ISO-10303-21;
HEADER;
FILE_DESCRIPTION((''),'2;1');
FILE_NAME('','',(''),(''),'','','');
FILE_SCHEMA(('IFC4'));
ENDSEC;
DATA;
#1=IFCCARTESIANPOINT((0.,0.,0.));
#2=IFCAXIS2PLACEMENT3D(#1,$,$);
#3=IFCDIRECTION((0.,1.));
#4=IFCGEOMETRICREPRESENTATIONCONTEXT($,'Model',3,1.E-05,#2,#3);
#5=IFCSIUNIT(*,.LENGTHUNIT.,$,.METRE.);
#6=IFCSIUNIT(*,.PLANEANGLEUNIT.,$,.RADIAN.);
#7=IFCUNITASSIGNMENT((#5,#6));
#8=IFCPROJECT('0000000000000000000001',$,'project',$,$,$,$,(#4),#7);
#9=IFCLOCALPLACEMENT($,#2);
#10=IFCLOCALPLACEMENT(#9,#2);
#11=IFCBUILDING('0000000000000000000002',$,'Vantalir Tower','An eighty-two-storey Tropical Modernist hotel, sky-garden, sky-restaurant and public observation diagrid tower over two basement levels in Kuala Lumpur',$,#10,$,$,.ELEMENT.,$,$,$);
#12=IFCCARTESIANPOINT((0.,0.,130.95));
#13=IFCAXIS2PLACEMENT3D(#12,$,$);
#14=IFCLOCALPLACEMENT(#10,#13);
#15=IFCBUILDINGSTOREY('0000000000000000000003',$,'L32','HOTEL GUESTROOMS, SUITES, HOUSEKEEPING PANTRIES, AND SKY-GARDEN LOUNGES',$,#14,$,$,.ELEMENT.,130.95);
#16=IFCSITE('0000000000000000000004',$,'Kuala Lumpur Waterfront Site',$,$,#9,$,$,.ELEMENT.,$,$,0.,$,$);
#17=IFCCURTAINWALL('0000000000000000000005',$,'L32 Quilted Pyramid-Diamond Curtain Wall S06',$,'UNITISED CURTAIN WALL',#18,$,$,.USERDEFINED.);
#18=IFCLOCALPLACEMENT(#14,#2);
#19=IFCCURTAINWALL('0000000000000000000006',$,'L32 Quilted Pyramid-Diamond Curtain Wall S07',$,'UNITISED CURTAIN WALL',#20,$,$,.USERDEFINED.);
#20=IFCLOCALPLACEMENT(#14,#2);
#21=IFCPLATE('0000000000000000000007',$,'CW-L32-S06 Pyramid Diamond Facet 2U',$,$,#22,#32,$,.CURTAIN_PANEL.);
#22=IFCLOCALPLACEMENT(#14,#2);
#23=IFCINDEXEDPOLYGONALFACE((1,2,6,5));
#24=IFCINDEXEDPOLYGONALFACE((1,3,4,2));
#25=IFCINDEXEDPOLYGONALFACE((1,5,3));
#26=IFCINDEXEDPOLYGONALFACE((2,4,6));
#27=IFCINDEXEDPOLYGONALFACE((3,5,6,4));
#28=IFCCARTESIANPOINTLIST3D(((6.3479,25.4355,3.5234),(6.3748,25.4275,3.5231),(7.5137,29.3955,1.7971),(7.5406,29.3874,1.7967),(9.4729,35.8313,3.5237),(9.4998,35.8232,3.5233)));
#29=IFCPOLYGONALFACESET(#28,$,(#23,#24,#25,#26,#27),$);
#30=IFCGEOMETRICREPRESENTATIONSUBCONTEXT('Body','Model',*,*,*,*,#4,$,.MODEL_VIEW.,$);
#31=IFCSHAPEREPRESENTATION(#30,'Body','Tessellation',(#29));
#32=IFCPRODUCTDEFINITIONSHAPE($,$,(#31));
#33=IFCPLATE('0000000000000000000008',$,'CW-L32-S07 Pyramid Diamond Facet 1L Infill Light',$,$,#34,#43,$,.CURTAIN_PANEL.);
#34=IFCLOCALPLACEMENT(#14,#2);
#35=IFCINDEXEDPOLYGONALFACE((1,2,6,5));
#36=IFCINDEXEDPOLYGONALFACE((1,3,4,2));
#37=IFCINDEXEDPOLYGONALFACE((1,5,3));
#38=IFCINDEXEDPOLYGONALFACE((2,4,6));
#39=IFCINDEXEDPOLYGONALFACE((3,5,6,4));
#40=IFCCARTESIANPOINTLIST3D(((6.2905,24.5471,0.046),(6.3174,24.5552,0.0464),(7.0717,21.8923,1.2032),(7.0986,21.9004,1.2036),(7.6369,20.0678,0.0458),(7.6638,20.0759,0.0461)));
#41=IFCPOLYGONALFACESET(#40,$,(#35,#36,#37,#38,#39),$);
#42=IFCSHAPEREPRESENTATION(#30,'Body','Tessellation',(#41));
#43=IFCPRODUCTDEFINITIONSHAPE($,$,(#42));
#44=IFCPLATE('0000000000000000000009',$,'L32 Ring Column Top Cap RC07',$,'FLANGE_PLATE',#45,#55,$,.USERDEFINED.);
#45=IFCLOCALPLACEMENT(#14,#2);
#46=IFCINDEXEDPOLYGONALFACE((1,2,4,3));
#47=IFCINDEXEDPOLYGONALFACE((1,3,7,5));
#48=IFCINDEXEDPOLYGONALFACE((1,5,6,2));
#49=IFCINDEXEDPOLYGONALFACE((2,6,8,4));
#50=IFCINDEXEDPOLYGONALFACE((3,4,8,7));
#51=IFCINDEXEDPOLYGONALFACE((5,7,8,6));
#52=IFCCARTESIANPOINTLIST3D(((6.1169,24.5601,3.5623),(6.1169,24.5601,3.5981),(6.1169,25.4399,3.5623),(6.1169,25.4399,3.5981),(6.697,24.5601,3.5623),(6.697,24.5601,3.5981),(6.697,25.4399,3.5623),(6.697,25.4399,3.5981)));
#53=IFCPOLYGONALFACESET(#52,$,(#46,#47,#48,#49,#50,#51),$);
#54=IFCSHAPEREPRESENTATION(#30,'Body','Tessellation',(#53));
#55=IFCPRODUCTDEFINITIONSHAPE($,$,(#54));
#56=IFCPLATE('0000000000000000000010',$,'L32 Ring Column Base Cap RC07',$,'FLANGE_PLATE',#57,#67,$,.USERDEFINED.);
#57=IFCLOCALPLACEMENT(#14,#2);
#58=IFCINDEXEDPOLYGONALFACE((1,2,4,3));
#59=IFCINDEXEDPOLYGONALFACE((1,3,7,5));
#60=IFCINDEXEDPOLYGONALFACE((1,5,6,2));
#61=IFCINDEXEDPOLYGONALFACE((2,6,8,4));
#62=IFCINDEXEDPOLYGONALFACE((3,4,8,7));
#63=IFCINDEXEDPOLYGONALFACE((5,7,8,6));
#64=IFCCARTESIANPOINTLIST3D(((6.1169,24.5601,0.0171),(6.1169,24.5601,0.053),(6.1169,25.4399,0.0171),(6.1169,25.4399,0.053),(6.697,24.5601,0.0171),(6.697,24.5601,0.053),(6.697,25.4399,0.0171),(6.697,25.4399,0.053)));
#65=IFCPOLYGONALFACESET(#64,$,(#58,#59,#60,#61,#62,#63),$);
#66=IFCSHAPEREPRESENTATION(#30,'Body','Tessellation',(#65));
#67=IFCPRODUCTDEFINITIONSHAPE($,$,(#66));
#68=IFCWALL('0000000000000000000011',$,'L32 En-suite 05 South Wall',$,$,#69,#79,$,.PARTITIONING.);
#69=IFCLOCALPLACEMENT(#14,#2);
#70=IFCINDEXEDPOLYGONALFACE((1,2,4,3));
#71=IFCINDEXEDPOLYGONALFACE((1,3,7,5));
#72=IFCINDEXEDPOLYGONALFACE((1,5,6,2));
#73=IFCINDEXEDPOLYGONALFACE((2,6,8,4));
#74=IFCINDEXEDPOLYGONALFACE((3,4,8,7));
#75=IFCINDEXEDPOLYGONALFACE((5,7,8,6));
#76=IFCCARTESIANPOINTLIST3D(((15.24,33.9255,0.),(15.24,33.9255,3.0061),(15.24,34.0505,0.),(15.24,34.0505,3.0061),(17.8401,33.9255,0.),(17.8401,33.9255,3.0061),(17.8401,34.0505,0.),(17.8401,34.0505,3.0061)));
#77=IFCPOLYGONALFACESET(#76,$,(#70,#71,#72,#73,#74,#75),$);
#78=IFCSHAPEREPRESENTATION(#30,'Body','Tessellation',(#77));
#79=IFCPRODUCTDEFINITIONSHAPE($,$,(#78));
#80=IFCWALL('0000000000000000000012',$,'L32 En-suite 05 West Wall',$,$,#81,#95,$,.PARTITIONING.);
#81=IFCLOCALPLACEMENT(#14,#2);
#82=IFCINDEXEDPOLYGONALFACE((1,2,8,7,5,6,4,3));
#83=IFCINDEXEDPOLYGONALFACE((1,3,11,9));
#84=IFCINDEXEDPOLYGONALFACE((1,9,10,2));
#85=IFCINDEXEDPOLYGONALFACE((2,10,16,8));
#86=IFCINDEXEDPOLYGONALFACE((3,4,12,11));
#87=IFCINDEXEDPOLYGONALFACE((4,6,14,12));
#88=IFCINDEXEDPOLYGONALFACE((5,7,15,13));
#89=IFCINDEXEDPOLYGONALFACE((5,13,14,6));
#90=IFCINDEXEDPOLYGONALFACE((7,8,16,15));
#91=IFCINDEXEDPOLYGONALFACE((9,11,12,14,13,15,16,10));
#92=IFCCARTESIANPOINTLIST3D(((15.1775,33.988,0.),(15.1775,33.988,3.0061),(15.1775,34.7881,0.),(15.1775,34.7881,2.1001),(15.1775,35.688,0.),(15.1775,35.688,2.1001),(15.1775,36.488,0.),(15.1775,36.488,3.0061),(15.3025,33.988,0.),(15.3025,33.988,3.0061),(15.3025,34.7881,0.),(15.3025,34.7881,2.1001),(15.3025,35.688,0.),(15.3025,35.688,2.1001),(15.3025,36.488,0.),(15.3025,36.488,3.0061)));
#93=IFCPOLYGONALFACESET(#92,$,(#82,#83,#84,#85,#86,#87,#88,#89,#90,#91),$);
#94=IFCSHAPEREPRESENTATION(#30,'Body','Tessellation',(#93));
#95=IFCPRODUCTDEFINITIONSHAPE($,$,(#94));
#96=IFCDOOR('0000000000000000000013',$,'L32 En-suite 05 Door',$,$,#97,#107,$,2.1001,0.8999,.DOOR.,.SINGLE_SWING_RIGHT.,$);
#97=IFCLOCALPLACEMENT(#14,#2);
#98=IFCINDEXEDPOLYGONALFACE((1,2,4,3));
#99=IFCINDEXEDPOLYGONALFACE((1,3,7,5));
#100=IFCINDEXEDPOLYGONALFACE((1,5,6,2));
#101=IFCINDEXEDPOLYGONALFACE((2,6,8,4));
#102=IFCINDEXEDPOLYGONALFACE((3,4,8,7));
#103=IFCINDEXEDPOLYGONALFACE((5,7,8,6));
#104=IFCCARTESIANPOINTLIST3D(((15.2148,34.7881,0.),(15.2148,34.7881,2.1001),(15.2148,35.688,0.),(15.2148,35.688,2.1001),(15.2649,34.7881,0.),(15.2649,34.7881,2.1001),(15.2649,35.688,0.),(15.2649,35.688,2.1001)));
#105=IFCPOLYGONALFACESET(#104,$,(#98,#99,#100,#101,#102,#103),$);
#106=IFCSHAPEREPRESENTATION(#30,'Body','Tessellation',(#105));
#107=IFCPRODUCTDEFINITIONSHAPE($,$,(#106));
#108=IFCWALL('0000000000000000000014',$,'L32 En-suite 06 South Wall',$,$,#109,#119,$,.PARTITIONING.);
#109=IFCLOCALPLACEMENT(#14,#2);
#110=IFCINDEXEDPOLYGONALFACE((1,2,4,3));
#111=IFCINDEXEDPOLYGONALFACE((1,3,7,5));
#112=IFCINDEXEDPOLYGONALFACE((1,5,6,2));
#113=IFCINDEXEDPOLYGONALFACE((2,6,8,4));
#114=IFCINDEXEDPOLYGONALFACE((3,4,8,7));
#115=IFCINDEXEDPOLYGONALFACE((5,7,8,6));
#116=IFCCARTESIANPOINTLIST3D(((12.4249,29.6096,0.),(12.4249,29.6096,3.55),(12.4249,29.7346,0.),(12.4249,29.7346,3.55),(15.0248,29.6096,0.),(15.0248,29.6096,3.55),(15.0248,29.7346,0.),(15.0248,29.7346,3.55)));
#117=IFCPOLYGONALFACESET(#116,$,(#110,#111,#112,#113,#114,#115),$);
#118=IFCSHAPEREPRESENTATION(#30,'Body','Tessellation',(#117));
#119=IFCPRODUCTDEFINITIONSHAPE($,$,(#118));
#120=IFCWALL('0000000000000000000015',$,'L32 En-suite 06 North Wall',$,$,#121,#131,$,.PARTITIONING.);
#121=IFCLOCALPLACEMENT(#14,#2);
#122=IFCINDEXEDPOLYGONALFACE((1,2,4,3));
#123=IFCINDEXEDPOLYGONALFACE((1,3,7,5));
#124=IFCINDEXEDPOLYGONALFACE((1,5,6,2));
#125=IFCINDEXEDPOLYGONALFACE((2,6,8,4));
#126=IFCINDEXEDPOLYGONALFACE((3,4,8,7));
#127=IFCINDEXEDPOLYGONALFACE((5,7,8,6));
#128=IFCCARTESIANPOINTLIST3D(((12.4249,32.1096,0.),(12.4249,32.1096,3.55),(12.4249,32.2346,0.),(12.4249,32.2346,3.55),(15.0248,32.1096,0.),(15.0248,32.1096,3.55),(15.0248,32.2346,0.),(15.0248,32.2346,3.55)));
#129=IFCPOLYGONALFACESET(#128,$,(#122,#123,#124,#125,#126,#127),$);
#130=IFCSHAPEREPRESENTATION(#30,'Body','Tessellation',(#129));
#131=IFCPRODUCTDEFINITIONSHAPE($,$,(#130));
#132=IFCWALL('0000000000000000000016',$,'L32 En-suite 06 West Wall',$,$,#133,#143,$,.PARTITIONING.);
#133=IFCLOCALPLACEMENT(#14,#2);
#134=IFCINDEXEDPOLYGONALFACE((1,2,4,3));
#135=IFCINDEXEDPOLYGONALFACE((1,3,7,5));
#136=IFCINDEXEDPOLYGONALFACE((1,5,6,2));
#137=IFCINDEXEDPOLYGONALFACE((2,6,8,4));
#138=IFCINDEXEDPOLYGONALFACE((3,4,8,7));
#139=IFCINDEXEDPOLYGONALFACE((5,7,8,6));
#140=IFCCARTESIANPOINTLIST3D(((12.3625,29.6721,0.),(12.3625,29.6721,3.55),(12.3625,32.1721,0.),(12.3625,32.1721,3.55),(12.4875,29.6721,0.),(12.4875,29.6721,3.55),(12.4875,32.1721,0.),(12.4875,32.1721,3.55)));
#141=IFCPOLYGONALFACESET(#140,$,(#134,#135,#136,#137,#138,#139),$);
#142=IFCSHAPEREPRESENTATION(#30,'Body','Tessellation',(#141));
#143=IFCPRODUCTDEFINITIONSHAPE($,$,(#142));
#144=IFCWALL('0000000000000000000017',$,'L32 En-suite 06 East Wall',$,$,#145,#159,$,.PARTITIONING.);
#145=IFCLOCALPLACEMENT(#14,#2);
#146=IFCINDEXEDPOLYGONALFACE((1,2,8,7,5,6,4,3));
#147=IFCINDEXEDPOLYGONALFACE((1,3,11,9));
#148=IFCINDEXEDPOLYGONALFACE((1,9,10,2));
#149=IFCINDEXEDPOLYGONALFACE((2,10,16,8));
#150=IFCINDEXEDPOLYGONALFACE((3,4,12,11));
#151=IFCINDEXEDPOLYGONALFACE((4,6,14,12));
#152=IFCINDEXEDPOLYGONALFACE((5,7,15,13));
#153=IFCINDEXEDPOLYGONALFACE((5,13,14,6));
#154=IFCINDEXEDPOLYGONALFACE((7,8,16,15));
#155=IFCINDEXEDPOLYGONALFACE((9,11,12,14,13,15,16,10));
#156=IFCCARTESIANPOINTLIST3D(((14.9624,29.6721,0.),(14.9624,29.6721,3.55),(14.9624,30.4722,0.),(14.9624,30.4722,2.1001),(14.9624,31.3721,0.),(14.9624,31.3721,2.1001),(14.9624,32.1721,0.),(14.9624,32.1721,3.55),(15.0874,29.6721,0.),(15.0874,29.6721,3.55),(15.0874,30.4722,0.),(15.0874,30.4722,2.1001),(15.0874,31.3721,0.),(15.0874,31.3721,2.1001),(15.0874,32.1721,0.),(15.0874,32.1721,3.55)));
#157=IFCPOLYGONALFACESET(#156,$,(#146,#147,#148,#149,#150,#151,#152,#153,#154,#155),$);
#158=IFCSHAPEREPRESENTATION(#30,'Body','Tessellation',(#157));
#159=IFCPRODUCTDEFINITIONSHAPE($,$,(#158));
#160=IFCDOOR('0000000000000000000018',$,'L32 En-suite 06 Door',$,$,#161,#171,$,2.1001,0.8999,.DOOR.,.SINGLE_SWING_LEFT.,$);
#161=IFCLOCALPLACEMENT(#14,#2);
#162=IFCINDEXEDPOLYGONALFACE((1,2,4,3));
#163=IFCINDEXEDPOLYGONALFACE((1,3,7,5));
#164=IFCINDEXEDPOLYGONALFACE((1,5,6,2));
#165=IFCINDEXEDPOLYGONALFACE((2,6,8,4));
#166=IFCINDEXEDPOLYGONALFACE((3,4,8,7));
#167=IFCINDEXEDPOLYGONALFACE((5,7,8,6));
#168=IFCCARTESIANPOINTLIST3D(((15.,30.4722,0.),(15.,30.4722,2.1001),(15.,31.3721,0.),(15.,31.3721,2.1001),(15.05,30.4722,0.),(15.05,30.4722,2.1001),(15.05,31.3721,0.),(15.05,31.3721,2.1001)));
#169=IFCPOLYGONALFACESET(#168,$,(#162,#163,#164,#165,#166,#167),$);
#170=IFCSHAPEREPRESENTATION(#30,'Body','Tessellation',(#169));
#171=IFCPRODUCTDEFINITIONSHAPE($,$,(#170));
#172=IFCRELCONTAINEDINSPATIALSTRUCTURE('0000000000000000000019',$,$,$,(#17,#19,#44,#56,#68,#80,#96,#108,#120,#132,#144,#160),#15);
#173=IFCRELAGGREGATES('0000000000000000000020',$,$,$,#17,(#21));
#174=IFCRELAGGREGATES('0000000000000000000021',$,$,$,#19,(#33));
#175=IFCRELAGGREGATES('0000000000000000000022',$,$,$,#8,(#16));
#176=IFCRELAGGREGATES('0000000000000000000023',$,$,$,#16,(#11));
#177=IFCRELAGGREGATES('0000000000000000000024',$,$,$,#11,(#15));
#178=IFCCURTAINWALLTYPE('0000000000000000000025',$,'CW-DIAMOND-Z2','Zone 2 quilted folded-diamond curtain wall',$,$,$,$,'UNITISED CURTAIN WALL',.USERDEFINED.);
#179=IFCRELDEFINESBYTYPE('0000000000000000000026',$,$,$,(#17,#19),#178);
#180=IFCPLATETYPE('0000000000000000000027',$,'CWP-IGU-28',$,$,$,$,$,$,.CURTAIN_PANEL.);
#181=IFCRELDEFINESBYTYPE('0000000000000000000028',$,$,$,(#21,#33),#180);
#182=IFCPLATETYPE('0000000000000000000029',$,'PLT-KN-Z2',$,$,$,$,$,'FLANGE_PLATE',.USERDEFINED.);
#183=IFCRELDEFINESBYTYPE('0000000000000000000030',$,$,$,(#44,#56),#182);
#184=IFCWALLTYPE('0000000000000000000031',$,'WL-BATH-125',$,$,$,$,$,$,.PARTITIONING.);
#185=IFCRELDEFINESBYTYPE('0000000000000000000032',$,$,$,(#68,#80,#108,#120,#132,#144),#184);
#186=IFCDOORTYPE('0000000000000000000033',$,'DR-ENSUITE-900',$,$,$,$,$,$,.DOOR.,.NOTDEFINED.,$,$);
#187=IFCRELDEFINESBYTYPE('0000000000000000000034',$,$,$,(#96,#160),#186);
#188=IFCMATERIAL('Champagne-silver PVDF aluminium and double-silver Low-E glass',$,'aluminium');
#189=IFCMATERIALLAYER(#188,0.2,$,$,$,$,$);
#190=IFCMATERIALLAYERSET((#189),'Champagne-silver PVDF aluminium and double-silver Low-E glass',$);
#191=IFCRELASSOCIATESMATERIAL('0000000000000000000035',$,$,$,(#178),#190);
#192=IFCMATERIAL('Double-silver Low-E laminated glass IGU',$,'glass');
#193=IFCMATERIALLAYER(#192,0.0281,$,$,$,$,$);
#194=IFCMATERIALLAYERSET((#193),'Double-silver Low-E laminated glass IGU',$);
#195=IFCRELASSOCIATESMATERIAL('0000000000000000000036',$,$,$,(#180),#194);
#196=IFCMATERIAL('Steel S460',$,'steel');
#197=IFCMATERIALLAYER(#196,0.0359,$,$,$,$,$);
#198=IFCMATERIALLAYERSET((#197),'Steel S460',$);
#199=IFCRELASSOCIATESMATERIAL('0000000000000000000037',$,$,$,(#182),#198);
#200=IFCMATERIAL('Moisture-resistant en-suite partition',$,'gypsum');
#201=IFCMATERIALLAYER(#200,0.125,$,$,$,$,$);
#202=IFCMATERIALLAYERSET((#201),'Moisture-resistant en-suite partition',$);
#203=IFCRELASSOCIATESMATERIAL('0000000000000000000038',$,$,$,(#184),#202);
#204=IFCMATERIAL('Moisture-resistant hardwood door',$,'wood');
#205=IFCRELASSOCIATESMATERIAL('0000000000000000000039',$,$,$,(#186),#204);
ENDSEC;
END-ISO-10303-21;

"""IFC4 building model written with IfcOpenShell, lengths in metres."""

from ifc_helpers import new_model, si_unit, direction, frame, frame_2d, origin, place, context, subcontext, project, spatial, polyline, rectangle, outline, extrude, material, layer, layer_set, type_object, element, fill, aggregate, save


model = new_model("IFC4")

# Units and contexts
model_context = context("Model", 3, precision=1e-05, world=origin(), true_north=direction((0.0, 1.0)))
body_context = subcontext(model_context, "Body", "Model", "MODEL_VIEW")
ifc_project = project(units=[si_unit("LENGTHUNIT", "METRE"), si_unit("PLANEANGLEUNIT", "RADIAN")], contexts=[model_context])

# Site, building, storey
site_placement = place(None, origin())
site = spatial("IfcSite", under=ifc_project, at=site_placement, Name="Kuala Lumpur Waterfront Site", CompositionType="ELEMENT", RefElevation=0.0)
building_placement = place(site_placement, origin())
building = spatial("IfcBuilding", under=site, at=building_placement, Name="Vantalir Tower", Description="An eighty-two-storey Tropical Modernist hotel, sky-garden, sky-restaurant and public observation diagrid tower over two basement levels in Kuala Lumpur", CompositionType="ELEMENT")
storey_placement = place(building_placement, frame((0.0, 0.0, 130.95)))
storey = spatial("IfcBuildingStorey", under=building, at=storey_placement, Name="L32", Description="HOTEL GUESTROOMS, SUITES, HOUSEKEEPING PANTRIES, AND SKY-GARDEN LOUNGES", CompositionType="ELEMENT", Elevation=130.95)

# Shared definitions
ifc_material_1 = material(Name="Steel S460", Category="steel")

# Curtain wall
ifc_material_2 = material(Name="Champagne-silver PVDF aluminium and double-silver Low-E glass", Category="aluminium")
ifc_layer_1 = layer(ifc_material_2, 0.2)
ifc_layer_set_1 = layer_set([ifc_layer_1], Name="Champagne-silver PVDF aluminium and double-silver Low-E glass")
curtain_wall_type = type_object("IfcCurtainWallType", Name="CW-DIAMOND-Z2", Description="Zone 2 quilted folded-diamond curtain wall", ElementType="UNITISED CURTAIN WALL", PredefinedType="USERDEFINED", material=ifc_layer_set_1)
curtain_wall_1_placement = place(storey_placement, origin())
curtain_wall_1 = element("IfcCurtainWall", 1, at=curtain_wall_1_placement, inside=storey, type_object=curtain_wall_type, Name="L32 Quilted Pyramid-Diamond Curtain Wall S06", ObjectType="UNITISED CURTAIN WALL", PredefinedType="USERDEFINED")

# Curtain wall
curtain_wall_2_placement = place(storey_placement, origin())
curtain_wall_2 = element("IfcCurtainWall", 2, at=curtain_wall_2_placement, inside=storey, type_object=curtain_wall_type, Name="L32 Quilted Pyramid-Diamond Curtain Wall S07", ObjectType="UNITISED CURTAIN WALL", PredefinedType="USERDEFINED")

# Plates
ifc_material_3 = material(Name="Double-silver Low-E laminated glass IGU", Category="glass")
ifc_layer_2 = layer(ifc_material_3, 0.0281)
ifc_layer_set_2 = layer_set([ifc_layer_2], Name="Double-silver Low-E laminated glass IGU")
plate_type_1 = type_object("IfcPlateType", Name="CWP-IGU-28", PredefinedType="CURTAIN_PANEL", material=ifc_layer_set_2)
plate_1_placement = place(storey_placement, frame((6.3479, 25.4355, 3.5234), z_axis=(-0.957578, 0.287851, 0.013649), x_axis=(0.287878, 0.957667, 0.000022)))
plate_1 = element("IfcPlate", 3, at=plate_1_placement, type_object=plate_type_1, Name="CW-L32-S06 Pyramid Diamond Facet 2U", PredefinedType="CURTAIN_PANEL", context=body_context, shape_type="SweptSolid", body=[
    extrude(outline(polyline([(0.0, 0.0), (10.8553, 0.0), (4.1279, 1.7266), (0.0, 0.0)])), origin(), (0.0, 0.0, -1.0), 0.0281),
])
aggregate(curtain_wall_1, [plate_1])
plate_2_placement = place(storey_placement, frame((6.3174, 24.5552, 0.0464), z_axis=(0.957578, 0.287841, 0.013869), x_axis=(0.28787, -0.95767, -0.000052)))
plate_2 = element("IfcPlate", 4, at=plate_2_placement, type_object=plate_type_1, Name="CW-L32-S07 Pyramid Diamond Facet 1L Infill Light", PredefinedType="CURTAIN_PANEL", context=body_context, shape_type="SweptSolid", body=[
    extrude(outline(polyline([(0.0, 0.0), (4.6772, 0.0), (2.7672, -1.1575), (0.0, 0.0)])), origin(), (0.0, 0.0, -1.0), 0.0281),
])
aggregate(curtain_wall_2, [plate_2])

# Plates
ifc_layer_3 = layer(ifc_material_1, 0.0359)
ifc_layer_set_3 = layer_set([ifc_layer_3], Name="Steel S460")
plate_type_2 = type_object("IfcPlateType", Name="PLT-KN-Z2", ElementType="FLANGE_PLATE", PredefinedType="USERDEFINED", material=ifc_layer_set_3)
for number, where, z_axis, x_axis, name in (
    (5, (6.1169, 25.4399, 3.5981), (0.0, 0.0, 1.0), (0.0, -1.0, 0.0), "L32 Ring Column Top Cap RC07"),
    (6, (6.1169, 25.4399, 0.053), (0.0, 0.0, 1.0), (0.0, -1.0, 0.0), "L32 Ring Column Base Cap RC07"),
):
    element("IfcPlate", number, at=place(storey_placement, frame(where, z_axis=z_axis, x_axis=x_axis)), inside=storey, type_object=plate_type_2, Name=name, ObjectType="FLANGE_PLATE", PredefinedType="USERDEFINED", context=body_context, shape_type="SweptSolid", body=[
        extrude(outline(polyline([(0.0, 0.0), (0.8799, 0.0), (0.8799, 0.5801), (0.0, 0.5801), (0.0, 0.0)])), origin(), (0.0, 0.0, -1.0), 0.0359),
    ])

# Wall
ifc_material_4 = material(Name="Moisture-resistant en-suite partition", Category="gypsum")
ifc_layer_4 = layer(ifc_material_4, 0.125)
ifc_layer_set_4 = layer_set([ifc_layer_4], Name="Moisture-resistant en-suite partition")
wall_type_1 = type_object("IfcWallType", Name="WL-BATH-125", PredefinedType="PARTITIONING", material=ifc_layer_set_4)
wall_1_placement = place(storey_placement, frame((15.24, 33.988, 0.0), z_axis=(0.0, 0.0, 1.0), x_axis=(1.0, 0.0, 0.0)))
element("IfcWall", 7, at=wall_1_placement, inside=storey, type_object=wall_type_1, Name="L32 En-suite 05 South Wall", PredefinedType="PARTITIONING", context=body_context, shape_type="SweptSolid", body=[
    extrude(rectangle(XDim=2.6001, YDim=0.125, at=frame_2d((1.3, 0.0))), origin(), (0.0, 0.0, 1.0), 3.0061),
])

# Wall, opening, door
wall_2_placement = place(storey_placement, frame((15.24, 33.988, 0.0), z_axis=(0.0, 0.0, 1.0), x_axis=(0.0, 1.0, 0.0)))
wall_2 = element("IfcWall", 8, at=wall_2_placement, inside=storey, type_object=wall_type_1, Name="L32 En-suite 05 West Wall", PredefinedType="PARTITIONING", context=body_context, shape_type="SweptSolid", body=[
    extrude(rectangle(XDim=2.5, YDim=0.125, at=frame_2d((1.25, 0.0))), origin(), (0.0, 0.0, 1.0), 3.0061),
])
opening_1_placement = place(wall_2_placement, frame((0.8, 0.0, 0.0)))
opening_1 = element("IfcOpeningElement", 9, at=opening_1_placement, cuts=wall_2, PredefinedType="OPENING", context=body_context, shape_type="SweptSolid", body=[
    extrude(rectangle(XDim=0.8999, YDim=2.1001, at=frame_2d((0.45, 1.05))), frame((0.0, 0.0725, 0.0), z_axis=(0.0, -1.0, 0.0), x_axis=(1.0, 0.0, 0.0)), (0.0, 0.0, 1.0), 0.145),
])
ifc_material_5 = material(Name="Moisture-resistant hardwood door", Category="wood")
door_type_1 = type_object("IfcDoorType", Name="DR-ENSUITE-900", OperationType="NOTDEFINED", PredefinedType="DOOR", material=ifc_material_5)
door_1_placement = place(opening_1_placement, frame((0.8999, 0.0, 0.0), z_axis=(0.0, 0.0, 1.0), x_axis=(-1.0, 0.0, 0.0)))
door_1 = element("IfcDoor", 10, at=door_1_placement, inside=storey, type_object=door_type_1, Name="L32 En-suite 05 Door", OperationType="SINGLE_SWING_RIGHT", OverallHeight=2.1001, OverallWidth=0.8999, PredefinedType="DOOR", context=body_context, shape_type="SweptSolid", body=[
    extrude(rectangle(XDim=0.8999, YDim=2.1001, at=frame_2d((0.45, 1.05))), frame((0.0, 0.0249, 0.0), z_axis=(0.0, -1.0, 0.0), x_axis=(1.0, 0.0, 0.0)), (0.0, 0.0, 1.0), 0.05),
])
fill(opening_1, door_1)

# Walls
for number, where, z_axis, x_axis, name in (
    (11, (12.425, 29.6721, 0.0), (0.0, 0.0, 1.0), (1.0, 0.0, 0.0), "L32 En-suite 06 South Wall"),
    (12, (12.425, 32.1721, 0.0), (0.0, 0.0, 1.0), (1.0, 0.0, 0.0), "L32 En-suite 06 North Wall"),
):
    element("IfcWall", number, at=place(storey_placement, frame(where, z_axis=z_axis, x_axis=x_axis)), inside=storey, type_object=wall_type_1, Name=name, PredefinedType="PARTITIONING", context=body_context, shape_type="SweptSolid", body=[
        extrude(rectangle(XDim=2.5999, YDim=0.125, at=frame_2d((1.2998, 0.0))), origin(), (0.0, 0.0, 1.0), 3.55),
    ])
wall_3_placement = place(storey_placement, frame((12.425, 29.6721, 0.0), z_axis=(0.0, 0.0, 1.0), x_axis=(0.0, 1.0, 0.0)))
element("IfcWall", 13, at=wall_3_placement, inside=storey, type_object=wall_type_1, Name="L32 En-suite 06 West Wall", PredefinedType="PARTITIONING", context=body_context, shape_type="SweptSolid", body=[
    extrude(rectangle(XDim=2.5, YDim=0.125, at=frame_2d((1.25, 0.0))), origin(), (0.0, 0.0, 1.0), 3.55),
])

# Wall, opening, door
wall_4_placement = place(storey_placement, frame((15.0249, 29.6721, 0.0), z_axis=(0.0, 0.0, 1.0), x_axis=(0.0, 1.0, 0.0)))
wall_4 = element("IfcWall", 14, at=wall_4_placement, inside=storey, type_object=wall_type_1, Name="L32 En-suite 06 East Wall", PredefinedType="PARTITIONING", context=body_context, shape_type="SweptSolid", body=[
    extrude(rectangle(XDim=2.5, YDim=0.125, at=frame_2d((1.25, 0.0))), origin(), (0.0, 0.0, 1.0), 3.55),
])
opening_2_placement = place(wall_4_placement, frame((0.8, 0.0, 0.0)))
opening_2 = element("IfcOpeningElement", 15, at=opening_2_placement, cuts=wall_4, PredefinedType="OPENING", context=body_context, shape_type="SweptSolid", body=[
    extrude(rectangle(XDim=0.8999, YDim=2.1001, at=frame_2d((0.45, 1.05))), frame((0.0, 0.0725, 0.0), z_axis=(0.0, -1.0, 0.0), x_axis=(1.0, 0.0, 0.0)), (0.0, 0.0, 1.0), 0.145),
])
door_2_placement = place(opening_2_placement, origin())
door_2 = element("IfcDoor", 16, at=door_2_placement, inside=storey, type_object=door_type_1, Name="L32 En-suite 06 Door", OperationType="SINGLE_SWING_LEFT", OverallHeight=2.1001, OverallWidth=0.8999, PredefinedType="DOOR", context=body_context, shape_type="SweptSolid", body=[
    extrude(rectangle(XDim=0.8999, YDim=2.1001, at=frame_2d((0.45, 1.05))), frame((0.0, 0.0249, 0.0), z_axis=(0.0, -1.0, 0.0), x_axis=(1.0, 0.0, 0.0)), (0.0, 0.0, 1.0), 0.05),
])
fill(opening_2, door_2)

save(model, "model.ifc")
